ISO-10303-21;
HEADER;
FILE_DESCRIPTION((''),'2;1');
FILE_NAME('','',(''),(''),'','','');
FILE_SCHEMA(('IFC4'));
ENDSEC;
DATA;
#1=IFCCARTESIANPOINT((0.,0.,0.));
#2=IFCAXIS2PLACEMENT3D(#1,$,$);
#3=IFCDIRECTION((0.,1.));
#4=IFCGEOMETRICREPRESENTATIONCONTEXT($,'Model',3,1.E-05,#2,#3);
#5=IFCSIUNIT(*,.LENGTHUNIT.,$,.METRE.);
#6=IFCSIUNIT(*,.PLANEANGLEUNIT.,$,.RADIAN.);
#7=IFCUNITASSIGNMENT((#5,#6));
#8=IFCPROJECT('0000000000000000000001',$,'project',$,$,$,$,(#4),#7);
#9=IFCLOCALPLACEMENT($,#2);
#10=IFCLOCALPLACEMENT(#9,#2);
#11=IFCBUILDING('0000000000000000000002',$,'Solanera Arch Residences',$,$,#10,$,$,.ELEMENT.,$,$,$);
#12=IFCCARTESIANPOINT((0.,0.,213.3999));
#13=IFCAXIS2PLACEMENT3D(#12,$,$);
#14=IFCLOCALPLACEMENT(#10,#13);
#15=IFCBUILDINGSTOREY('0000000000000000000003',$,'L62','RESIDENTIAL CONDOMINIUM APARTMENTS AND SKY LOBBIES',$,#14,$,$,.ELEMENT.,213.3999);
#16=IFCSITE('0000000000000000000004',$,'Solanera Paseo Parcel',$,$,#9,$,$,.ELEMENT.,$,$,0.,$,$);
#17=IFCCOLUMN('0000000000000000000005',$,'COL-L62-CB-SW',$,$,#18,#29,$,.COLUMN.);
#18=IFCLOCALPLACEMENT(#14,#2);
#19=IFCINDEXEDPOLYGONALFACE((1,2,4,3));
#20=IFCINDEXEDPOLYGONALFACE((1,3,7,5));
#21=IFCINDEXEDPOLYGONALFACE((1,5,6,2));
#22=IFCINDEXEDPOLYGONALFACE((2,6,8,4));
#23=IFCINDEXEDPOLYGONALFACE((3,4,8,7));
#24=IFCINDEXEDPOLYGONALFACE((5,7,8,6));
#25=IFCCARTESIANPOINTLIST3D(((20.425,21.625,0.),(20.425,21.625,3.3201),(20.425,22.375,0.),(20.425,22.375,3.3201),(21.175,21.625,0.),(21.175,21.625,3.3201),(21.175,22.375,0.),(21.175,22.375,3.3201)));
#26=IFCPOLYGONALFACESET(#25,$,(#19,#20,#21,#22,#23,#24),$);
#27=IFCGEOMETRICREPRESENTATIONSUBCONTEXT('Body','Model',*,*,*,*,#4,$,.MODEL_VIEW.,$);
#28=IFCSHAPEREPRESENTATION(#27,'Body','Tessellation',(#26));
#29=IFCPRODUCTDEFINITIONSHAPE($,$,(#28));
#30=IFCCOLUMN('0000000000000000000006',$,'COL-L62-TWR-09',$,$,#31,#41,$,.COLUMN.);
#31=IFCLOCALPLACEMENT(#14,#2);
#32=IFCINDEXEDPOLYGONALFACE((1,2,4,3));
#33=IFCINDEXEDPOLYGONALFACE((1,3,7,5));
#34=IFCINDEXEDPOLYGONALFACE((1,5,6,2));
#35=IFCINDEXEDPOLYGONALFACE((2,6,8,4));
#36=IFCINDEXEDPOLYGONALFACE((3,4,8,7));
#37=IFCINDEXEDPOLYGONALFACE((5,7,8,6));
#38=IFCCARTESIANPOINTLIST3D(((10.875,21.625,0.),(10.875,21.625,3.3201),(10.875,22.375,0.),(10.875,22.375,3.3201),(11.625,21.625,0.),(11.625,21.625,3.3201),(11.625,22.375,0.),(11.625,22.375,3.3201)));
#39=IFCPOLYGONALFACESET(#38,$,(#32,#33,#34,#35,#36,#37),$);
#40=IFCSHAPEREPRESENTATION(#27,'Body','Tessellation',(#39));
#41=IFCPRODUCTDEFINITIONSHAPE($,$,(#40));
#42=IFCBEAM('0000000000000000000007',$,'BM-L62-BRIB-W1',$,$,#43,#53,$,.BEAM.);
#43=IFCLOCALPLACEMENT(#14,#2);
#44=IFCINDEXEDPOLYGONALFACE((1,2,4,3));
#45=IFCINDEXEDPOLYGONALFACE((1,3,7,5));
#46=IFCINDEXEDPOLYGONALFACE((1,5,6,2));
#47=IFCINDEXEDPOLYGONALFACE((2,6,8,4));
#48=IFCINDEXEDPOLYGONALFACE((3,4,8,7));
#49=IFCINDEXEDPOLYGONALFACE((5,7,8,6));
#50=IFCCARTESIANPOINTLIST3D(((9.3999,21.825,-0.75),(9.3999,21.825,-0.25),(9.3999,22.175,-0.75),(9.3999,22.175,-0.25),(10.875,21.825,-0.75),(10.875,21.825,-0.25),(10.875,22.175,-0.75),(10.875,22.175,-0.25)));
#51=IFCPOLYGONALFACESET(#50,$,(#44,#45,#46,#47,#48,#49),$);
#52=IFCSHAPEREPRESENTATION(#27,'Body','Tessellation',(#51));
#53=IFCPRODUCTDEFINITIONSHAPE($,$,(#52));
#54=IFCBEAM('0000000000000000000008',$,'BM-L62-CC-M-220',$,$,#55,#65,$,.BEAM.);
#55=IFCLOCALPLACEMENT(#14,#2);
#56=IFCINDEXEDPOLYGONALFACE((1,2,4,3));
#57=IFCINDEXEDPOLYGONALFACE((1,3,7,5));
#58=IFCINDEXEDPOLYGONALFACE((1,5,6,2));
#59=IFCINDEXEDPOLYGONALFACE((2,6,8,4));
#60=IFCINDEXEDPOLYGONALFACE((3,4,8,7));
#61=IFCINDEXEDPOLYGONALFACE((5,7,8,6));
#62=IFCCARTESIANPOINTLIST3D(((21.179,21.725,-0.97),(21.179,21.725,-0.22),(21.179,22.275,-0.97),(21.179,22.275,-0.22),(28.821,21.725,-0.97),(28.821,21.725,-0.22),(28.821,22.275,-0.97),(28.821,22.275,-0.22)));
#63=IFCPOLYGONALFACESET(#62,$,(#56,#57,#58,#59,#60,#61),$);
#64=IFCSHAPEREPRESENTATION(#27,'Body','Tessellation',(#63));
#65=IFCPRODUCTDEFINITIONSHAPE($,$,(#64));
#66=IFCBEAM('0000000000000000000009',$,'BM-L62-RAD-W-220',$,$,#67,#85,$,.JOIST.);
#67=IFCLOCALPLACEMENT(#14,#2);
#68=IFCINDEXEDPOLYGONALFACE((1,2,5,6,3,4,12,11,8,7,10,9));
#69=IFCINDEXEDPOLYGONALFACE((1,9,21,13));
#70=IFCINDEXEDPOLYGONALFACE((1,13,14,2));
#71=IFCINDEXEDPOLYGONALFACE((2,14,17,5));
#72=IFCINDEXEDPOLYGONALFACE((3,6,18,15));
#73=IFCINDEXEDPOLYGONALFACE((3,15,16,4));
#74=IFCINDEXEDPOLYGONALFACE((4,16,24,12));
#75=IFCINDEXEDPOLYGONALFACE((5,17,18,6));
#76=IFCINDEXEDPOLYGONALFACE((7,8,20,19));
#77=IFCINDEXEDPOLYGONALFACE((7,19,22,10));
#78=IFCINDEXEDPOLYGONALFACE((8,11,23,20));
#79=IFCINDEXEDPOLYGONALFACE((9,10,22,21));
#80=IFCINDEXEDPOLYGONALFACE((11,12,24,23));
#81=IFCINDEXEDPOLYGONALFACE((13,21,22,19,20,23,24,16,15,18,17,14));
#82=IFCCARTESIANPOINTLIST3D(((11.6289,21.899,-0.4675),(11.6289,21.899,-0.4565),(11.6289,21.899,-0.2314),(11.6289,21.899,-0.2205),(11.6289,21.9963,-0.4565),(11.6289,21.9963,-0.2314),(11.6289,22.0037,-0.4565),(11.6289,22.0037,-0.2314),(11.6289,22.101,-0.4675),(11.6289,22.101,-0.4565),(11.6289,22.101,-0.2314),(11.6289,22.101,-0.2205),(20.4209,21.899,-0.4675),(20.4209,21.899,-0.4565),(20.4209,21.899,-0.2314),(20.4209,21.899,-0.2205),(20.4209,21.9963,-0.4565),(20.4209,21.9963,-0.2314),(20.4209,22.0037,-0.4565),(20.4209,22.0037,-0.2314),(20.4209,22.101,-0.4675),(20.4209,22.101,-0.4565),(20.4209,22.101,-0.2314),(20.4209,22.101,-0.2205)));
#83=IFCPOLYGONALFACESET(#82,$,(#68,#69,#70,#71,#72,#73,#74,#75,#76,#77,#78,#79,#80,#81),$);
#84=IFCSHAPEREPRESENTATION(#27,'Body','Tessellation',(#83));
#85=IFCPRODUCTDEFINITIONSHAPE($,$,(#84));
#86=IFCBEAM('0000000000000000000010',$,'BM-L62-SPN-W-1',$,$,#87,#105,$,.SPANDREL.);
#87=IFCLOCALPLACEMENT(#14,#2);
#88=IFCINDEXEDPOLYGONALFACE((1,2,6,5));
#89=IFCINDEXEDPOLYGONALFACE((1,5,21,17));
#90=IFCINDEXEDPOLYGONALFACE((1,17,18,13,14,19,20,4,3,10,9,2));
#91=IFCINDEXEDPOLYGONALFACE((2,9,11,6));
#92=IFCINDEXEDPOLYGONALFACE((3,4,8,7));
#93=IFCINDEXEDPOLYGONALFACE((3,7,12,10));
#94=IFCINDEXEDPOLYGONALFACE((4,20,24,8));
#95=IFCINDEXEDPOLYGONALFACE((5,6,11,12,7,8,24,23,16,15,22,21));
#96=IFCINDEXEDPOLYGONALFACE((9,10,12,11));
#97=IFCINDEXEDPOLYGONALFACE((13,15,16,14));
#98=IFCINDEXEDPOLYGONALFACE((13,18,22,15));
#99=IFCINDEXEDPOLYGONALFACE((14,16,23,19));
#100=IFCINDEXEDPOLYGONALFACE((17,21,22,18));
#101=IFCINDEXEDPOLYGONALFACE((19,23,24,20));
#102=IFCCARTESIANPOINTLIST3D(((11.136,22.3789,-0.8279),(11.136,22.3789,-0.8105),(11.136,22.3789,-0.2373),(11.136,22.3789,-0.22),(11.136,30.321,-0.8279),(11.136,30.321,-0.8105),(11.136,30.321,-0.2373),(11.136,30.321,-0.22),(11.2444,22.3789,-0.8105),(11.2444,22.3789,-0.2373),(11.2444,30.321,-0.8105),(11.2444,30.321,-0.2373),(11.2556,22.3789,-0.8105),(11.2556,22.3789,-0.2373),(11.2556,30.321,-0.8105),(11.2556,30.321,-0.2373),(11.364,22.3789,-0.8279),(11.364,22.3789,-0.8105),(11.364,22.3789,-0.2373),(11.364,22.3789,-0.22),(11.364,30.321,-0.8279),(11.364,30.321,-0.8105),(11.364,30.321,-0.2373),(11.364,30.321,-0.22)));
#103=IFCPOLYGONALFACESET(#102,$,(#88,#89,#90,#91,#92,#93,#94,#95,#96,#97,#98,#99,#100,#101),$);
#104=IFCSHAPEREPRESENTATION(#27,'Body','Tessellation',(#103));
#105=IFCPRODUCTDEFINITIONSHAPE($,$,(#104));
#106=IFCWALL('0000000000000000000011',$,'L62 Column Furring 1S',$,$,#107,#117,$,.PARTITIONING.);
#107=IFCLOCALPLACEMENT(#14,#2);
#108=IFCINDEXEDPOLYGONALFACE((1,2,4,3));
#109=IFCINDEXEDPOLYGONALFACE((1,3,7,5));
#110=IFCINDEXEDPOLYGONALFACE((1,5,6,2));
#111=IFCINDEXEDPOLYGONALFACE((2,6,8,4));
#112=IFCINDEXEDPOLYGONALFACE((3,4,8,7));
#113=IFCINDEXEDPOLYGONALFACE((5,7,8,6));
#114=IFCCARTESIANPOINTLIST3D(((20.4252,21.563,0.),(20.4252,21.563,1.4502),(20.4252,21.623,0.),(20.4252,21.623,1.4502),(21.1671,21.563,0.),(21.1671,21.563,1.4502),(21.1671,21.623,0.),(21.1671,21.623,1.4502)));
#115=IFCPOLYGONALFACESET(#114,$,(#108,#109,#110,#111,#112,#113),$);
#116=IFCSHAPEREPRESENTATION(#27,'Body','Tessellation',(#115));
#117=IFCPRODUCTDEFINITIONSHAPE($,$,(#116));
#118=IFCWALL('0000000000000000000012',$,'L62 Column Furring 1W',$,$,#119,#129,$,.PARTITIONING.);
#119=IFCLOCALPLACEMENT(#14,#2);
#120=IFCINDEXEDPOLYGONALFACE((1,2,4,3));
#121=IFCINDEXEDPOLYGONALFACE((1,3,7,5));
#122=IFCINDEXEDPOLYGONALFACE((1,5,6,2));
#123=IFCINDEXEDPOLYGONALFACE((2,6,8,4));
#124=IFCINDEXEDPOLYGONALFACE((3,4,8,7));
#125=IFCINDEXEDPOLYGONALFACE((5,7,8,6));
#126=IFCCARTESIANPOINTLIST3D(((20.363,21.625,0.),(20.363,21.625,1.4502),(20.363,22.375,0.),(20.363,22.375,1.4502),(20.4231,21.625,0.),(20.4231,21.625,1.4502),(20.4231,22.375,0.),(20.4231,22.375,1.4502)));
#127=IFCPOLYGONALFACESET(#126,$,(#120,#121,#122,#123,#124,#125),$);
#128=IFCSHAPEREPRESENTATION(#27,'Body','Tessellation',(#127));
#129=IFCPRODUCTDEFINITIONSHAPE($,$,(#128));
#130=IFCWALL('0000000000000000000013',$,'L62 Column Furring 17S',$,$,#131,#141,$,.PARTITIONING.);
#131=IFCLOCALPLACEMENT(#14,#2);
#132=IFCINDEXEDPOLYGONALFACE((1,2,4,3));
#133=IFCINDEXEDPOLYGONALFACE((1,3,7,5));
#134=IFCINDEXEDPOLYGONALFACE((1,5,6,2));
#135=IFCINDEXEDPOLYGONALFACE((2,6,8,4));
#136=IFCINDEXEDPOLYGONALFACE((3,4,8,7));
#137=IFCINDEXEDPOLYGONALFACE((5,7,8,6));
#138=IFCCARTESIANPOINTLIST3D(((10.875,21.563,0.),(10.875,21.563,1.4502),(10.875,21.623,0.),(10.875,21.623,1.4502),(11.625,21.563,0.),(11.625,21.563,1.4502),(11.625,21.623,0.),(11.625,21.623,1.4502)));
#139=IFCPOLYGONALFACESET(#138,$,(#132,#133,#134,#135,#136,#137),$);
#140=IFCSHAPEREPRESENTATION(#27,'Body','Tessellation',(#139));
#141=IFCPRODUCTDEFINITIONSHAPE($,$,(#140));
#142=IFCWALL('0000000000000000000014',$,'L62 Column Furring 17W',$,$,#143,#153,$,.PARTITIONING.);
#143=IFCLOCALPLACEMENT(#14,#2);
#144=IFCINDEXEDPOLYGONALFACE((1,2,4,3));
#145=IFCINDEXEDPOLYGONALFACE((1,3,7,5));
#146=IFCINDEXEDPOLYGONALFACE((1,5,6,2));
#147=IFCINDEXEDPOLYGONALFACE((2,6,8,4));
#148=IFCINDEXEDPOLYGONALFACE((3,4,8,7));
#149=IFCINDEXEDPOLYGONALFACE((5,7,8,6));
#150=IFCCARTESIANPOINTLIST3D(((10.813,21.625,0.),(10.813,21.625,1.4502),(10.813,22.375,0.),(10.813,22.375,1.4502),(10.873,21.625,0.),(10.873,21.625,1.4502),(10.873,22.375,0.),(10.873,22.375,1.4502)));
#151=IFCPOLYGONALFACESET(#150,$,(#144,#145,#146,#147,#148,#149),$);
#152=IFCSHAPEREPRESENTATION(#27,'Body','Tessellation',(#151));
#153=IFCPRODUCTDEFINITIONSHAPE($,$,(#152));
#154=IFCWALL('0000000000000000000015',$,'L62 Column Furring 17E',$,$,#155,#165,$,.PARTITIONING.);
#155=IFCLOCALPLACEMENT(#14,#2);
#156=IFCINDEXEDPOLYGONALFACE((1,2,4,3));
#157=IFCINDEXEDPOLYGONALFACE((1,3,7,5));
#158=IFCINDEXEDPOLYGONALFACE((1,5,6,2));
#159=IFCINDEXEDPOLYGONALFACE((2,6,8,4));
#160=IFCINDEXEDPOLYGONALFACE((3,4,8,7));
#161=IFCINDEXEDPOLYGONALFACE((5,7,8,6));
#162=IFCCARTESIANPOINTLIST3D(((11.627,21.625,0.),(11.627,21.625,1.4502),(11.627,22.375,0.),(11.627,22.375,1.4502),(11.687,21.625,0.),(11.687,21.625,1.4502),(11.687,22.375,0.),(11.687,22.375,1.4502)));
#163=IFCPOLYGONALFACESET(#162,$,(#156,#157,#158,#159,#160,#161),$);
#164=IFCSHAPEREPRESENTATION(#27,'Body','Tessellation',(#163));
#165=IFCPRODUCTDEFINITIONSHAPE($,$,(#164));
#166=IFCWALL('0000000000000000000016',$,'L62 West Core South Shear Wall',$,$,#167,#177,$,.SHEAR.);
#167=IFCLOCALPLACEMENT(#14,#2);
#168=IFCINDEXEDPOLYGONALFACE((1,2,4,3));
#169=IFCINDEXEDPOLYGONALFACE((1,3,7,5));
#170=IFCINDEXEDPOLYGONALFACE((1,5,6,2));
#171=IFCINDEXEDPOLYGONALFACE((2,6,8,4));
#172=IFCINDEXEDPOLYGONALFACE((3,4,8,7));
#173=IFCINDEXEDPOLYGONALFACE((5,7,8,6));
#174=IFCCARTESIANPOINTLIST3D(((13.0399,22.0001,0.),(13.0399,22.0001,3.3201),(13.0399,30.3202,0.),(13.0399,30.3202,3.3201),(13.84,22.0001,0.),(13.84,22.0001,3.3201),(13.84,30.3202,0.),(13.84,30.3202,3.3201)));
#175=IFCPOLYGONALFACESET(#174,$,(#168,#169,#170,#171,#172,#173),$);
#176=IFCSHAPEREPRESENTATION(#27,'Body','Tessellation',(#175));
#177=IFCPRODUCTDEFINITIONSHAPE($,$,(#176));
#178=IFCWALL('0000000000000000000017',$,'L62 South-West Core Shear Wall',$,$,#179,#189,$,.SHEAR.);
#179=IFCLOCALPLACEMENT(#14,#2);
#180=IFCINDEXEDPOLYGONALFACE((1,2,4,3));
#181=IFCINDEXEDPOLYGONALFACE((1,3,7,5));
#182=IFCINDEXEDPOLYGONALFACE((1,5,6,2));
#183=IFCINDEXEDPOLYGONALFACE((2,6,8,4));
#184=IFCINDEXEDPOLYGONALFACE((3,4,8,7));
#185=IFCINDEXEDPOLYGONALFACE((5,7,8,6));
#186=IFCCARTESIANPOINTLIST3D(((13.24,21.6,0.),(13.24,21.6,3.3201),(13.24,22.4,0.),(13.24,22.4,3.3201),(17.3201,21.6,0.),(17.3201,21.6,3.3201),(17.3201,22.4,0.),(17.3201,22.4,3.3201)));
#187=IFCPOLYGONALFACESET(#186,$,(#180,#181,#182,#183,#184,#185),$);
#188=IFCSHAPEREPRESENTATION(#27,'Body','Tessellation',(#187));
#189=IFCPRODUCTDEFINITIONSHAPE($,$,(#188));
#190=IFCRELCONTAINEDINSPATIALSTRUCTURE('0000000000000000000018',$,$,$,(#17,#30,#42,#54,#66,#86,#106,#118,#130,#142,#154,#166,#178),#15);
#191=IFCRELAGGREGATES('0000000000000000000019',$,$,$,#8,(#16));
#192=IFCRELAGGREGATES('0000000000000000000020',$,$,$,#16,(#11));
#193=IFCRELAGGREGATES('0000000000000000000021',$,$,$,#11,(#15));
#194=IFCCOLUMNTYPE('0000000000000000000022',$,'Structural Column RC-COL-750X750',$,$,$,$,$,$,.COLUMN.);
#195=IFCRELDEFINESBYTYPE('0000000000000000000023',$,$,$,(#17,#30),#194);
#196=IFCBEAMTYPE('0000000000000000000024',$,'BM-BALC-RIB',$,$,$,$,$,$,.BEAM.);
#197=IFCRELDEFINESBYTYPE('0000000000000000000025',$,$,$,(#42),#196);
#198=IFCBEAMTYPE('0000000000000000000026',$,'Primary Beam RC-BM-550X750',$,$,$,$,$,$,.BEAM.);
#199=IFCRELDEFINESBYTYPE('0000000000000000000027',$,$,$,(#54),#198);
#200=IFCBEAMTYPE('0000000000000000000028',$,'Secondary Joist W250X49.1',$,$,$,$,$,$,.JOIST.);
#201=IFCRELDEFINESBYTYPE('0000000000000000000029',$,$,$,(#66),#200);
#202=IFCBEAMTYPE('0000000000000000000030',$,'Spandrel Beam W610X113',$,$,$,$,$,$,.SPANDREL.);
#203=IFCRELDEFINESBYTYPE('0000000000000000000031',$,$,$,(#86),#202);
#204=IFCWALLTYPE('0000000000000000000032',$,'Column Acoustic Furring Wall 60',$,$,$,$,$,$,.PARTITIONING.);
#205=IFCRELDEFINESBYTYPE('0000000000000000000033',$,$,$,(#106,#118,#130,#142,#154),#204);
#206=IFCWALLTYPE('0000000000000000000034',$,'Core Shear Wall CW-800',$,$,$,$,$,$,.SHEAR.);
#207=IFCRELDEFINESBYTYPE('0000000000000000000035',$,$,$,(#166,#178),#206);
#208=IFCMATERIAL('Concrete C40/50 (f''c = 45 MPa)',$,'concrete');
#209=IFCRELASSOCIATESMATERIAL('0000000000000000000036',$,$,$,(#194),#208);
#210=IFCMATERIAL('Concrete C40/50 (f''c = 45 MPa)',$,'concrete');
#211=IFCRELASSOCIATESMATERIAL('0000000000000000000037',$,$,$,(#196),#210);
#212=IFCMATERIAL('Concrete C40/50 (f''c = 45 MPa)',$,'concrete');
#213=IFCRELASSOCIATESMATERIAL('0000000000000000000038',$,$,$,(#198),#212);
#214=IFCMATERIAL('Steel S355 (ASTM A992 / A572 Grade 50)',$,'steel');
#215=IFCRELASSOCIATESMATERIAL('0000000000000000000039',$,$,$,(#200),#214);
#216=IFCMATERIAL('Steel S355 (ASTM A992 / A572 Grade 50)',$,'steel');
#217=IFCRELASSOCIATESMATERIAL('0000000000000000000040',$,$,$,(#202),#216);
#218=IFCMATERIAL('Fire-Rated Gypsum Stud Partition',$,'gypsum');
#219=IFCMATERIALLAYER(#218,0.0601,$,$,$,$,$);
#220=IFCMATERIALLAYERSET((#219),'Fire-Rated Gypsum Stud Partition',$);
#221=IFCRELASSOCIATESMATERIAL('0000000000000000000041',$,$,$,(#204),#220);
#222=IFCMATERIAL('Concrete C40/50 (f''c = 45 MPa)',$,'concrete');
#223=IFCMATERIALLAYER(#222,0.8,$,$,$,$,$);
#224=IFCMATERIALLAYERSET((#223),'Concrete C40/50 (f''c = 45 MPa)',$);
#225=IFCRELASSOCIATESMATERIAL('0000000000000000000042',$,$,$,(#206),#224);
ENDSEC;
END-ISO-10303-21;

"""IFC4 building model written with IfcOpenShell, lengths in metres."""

from ifc_helpers import new_model, si_unit, direction, frame, frame_2d, origin, origin_2d, place, context, subcontext, project, spatial, rectangle, i_section, extrude, material, layer, layer_set, material_profile, profile_set, type_object, element, save


model = new_model("IFC4")

# Units and contexts
model_context = context("Model", 3, precision=1e-05, world=origin(), true_north=direction((0.0, 1.0)))
body_context = subcontext(model_context, "Body", "Model", "MODEL_VIEW")
ifc_project = project(units=[si_unit("LENGTHUNIT", "METRE"), si_unit("PLANEANGLEUNIT", "RADIAN")], contexts=[model_context])

# Site, building, storey
site_placement = place(None, origin())
site = spatial("IfcSite", under=ifc_project, at=site_placement, Name="Solanera Paseo Parcel", CompositionType="ELEMENT", RefElevation=0.0)
building_placement = place(site_placement, origin())
building = spatial("IfcBuilding", under=site, at=building_placement, Name="Solanera Arch Residences", CompositionType="ELEMENT")
storey_placement = place(building_placement, frame((0.0, 0.0, 213.3999)))
storey = spatial("IfcBuildingStorey", under=building, at=storey_placement, Name="L62", Description="RESIDENTIAL CONDOMINIUM APARTMENTS AND SKY LOBBIES", CompositionType="ELEMENT", Elevation=213.3999)

# Columns
ifc_material_1 = material(Name="Concrete C40/50 (f'c = 45 MPa)", Category="concrete")
ifc_material_profile_1 = material_profile(ifc_material_1, rectangle(XDim=0.75, YDim=0.75, at=origin_2d()))
ifc_profile_set_1 = profile_set([ifc_material_profile_1], Name="Concrete C40/50 (f'c = 45 MPa)")
column_type = type_object("IfcColumnType", Name="Structural Column RC-COL-750X750", PredefinedType="COLUMN", material=ifc_profile_set_1)
for number, where, z_axis, x_axis, name in (
    (1, (20.8, 22.0, 0.0), (0.0, 0.0, 1.0), (1.0, 0.0, 0.0), "COL-L62-CB-SW"),
    (2, (11.25, 22.0, 0.0), (0.0, 0.0, 1.0), (1.0, 0.0, 0.0), "COL-L62-TWR-09"),
):
    element("IfcColumn", number, at=place(storey_placement, frame(where, z_axis=z_axis, x_axis=x_axis)), inside=storey, type_object=column_type, Name=name, PredefinedType="COLUMN", context=body_context, shape_type="SweptSolid", body=[
        extrude(rectangle(XDim=0.75, YDim=0.75, at=origin_2d()), origin(), (0.0, 0.0, 1.0), 3.3201),
    ])

# Beams
ifc_material_2 = material(Name="Concrete C40/50 (f'c = 45 MPa)", Category="concrete")
ifc_material_profile_2 = material_profile(ifc_material_2, rectangle(XDim=0.3501, YDim=0.5, at=origin_2d()))
ifc_profile_set_2 = profile_set([ifc_material_profile_2], Name="Concrete C40/50 (f'c = 45 MPa)")
beam_type_1 = type_object("IfcBeamType", Name="BM-BALC-RIB", PredefinedType="BEAM", material=ifc_profile_set_2)
beam_1_placement = place(storey_placement, frame((9.3999, 22.0, -0.5), z_axis=(1.0, 0.0, 0.0), x_axis=(0.0, 1.0, 0.0)))
element("IfcBeam", 3, at=beam_1_placement, inside=storey, type_object=beam_type_1, Name="BM-L62-BRIB-W1", PredefinedType="BEAM", context=body_context, shape_type="SweptSolid", body=[
    extrude(rectangle(XDim=0.3501, YDim=0.5, at=origin_2d()), origin(), (0.0, 0.0, 1.0), 1.4751),
])
ifc_material_3 = material(Name="Concrete C40/50 (f'c = 45 MPa)", Category="concrete")
ifc_material_profile_3 = material_profile(ifc_material_3, rectangle(XDim=0.55, YDim=0.75, at=origin_2d()))
ifc_profile_set_3 = profile_set([ifc_material_profile_3], Name="Concrete C40/50 (f'c = 45 MPa)")
beam_type_2 = type_object("IfcBeamType", Name="Primary Beam RC-BM-550X750", PredefinedType="BEAM", material=ifc_profile_set_3)
beam_2_placement = place(storey_placement, frame((21.179, 22.0, -0.595), z_axis=(1.0, 0.0, 0.0), x_axis=(0.0, 1.0, 0.0)))
element("IfcBeam", 4, at=beam_2_placement, inside=storey, type_object=beam_type_2, Name="BM-L62-CC-M-220", PredefinedType="BEAM", context=body_context, shape_type="SweptSolid", body=[
    extrude(rectangle(XDim=0.55, YDim=0.75, at=origin_2d()), origin(), (0.0, 0.0, 1.0), 7.6421),
])
ifc_material_4 = material(Name="Steel S355 (ASTM A992 / A572 Grade 50)", Category="steel")
ifc_material_profile_4 = material_profile(ifc_material_4, i_section(OverallWidth=0.2019, OverallDepth=0.2471, WebThickness=0.0073, FlangeThickness=0.011, at=origin_2d()))
ifc_profile_set_4 = profile_set([ifc_material_profile_4], Name="Steel S355 (ASTM A992 / A572 Grade 50)")
beam_type_3 = type_object("IfcBeamType", Name="Secondary Joist W250X49.1", PredefinedType="JOIST", material=ifc_profile_set_4)
beam_3_placement = place(storey_placement, frame((11.6289, 22.0, -0.344), z_axis=(1.0, 0.0, 0.0), x_axis=(0.0, 1.0, 0.0)))
element("IfcBeam", 5, at=beam_3_placement, inside=storey, type_object=beam_type_3, Name="BM-L62-RAD-W-220", PredefinedType="JOIST", context=body_context, shape_type="SweptSolid", body=[
    extrude(i_section(OverallWidth=0.2019, OverallDepth=0.2471, WebThickness=0.0073, FlangeThickness=0.011, at=origin_2d()), origin(), (0.0, 0.0, 1.0), 8.792),
])
ifc_material_5 = material(Name="Steel S355 (ASTM A992 / A572 Grade 50)", Category="steel")
ifc_material_profile_5 = material_profile(ifc_material_5, i_section(OverallWidth=0.228, OverallDepth=0.6079, WebThickness=0.0112, FlangeThickness=0.0173, at=origin_2d()))
ifc_profile_set_5 = profile_set([ifc_material_profile_5], Name="Steel S355 (ASTM A992 / A572 Grade 50)")
beam_type_4 = type_object("IfcBeamType", Name="Spandrel Beam W610X113", PredefinedType="SPANDREL", material=ifc_profile_set_5)
beam_4_placement = place(storey_placement, frame((11.25, 22.3789, -0.5239), z_axis=(0.0, 1.0, 0.0), x_axis=(-1.0, 0.0, 0.0)))
element("IfcBeam", 6, at=beam_4_placement, inside=storey, type_object=beam_type_4, Name="BM-L62-SPN-W-1", PredefinedType="SPANDREL", context=body_context, shape_type="SweptSolid", body=[
    extrude(i_section(OverallWidth=0.228, OverallDepth=0.6079, WebThickness=0.0112, FlangeThickness=0.0173, at=origin_2d()), origin(), (0.0, 0.0, 1.0), 7.9421),
])

# Walls
ifc_material_6 = material(Name="Fire-Rated Gypsum Stud Partition", Category="gypsum")
ifc_layer_1 = layer(ifc_material_6, 0.0601)
ifc_layer_set_1 = layer_set([ifc_layer_1], Name="Fire-Rated Gypsum Stud Partition")
wall_type_1 = type_object("IfcWallType", Name="Column Acoustic Furring Wall 60", PredefinedType="PARTITIONING", material=ifc_layer_set_1)
wall_1_placement = place(storey_placement, frame((20.425, 21.593, 0.0), z_axis=(0.0, 0.0, 1.0), x_axis=(1.0, 0.0, 0.0)))
element("IfcWall", 7, at=wall_1_placement, inside=storey, type_object=wall_type_1, Name="L62 Column Furring 1S", PredefinedType="PARTITIONING", context=body_context, shape_type="SweptSolid", body=[
    extrude(rectangle(XDim=0.7419, YDim=0.0601, at=frame_2d((0.3711, 0.0))), origin(), (0.0, 0.0, 1.0), 1.4502),
])
for number, where, z_axis, x_axis, name in (
    (8, (20.3931, 21.625, 0.0), (0.0, 0.0, 1.0), (0.0, 1.0, 0.0), "L62 Column Furring 1W"),
    (9, (10.875, 21.593, 0.0), (0.0, 0.0, 1.0), (1.0, 0.0, 0.0), "L62 Column Furring 17S"),
    (10, (10.843, 21.625, 0.0), (0.0, 0.0, 1.0), (0.0, 1.0, 0.0), "L62 Column Furring 17W"),
    (11, (11.657, 21.625, 0.0), (0.0, 0.0, 1.0), (0.0, 1.0, 0.0), "L62 Column Furring 17E"),
):
    element("IfcWall", number, at=place(storey_placement, frame(where, z_axis=z_axis, x_axis=x_axis)), inside=storey, type_object=wall_type_1, Name=name, PredefinedType="PARTITIONING", context=body_context, shape_type="SweptSolid", body=[
        extrude(rectangle(XDim=0.75, YDim=0.0601, at=frame_2d((0.375, 0.0))), origin(), (0.0, 0.0, 1.0), 1.4502),
    ])
ifc_material_7 = material(Name="Concrete C40/50 (f'c = 45 MPa)", Category="concrete")
ifc_layer_2 = layer(ifc_material_7, 0.8)
ifc_layer_set_2 = layer_set([ifc_layer_2], Name="Concrete C40/50 (f'c = 45 MPa)")
wall_type_2 = type_object("IfcWallType", Name="Core Shear Wall CW-800", PredefinedType="SHEAR", material=ifc_layer_set_2)
wall_2_placement = place(storey_placement, frame((13.4399, 22.0, 0.0), z_axis=(0.0, 0.0, 1.0), x_axis=(0.0, 1.0, 0.0)))
element("IfcWall", 12, at=wall_2_placement, inside=storey, type_object=wall_type_2, Name="L62 West Core South Shear Wall", PredefinedType="SHEAR", context=body_context, shape_type="SweptSolid", body=[
    extrude(rectangle(XDim=8.3201, YDim=0.8, at=frame_2d((4.1602, 0.0))), origin(), (0.0, 0.0, 1.0), 3.3201),
])
wall_3_placement = place(storey_placement, frame((13.24, 22.0, 0.0), z_axis=(0.0, 0.0, 1.0), x_axis=(1.0, 0.0, 0.0)))
element("IfcWall", 13, at=wall_3_placement, inside=storey, type_object=wall_type_2, Name="L62 South-West Core Shear Wall", PredefinedType="SHEAR", context=body_context, shape_type="SweptSolid", body=[
    extrude(rectangle(XDim=4.0801, YDim=0.8, at=frame_2d((2.04, 0.0))), origin(), (0.0, 0.0, 1.0), 3.3201),
])

save(model, "model.ifc")
